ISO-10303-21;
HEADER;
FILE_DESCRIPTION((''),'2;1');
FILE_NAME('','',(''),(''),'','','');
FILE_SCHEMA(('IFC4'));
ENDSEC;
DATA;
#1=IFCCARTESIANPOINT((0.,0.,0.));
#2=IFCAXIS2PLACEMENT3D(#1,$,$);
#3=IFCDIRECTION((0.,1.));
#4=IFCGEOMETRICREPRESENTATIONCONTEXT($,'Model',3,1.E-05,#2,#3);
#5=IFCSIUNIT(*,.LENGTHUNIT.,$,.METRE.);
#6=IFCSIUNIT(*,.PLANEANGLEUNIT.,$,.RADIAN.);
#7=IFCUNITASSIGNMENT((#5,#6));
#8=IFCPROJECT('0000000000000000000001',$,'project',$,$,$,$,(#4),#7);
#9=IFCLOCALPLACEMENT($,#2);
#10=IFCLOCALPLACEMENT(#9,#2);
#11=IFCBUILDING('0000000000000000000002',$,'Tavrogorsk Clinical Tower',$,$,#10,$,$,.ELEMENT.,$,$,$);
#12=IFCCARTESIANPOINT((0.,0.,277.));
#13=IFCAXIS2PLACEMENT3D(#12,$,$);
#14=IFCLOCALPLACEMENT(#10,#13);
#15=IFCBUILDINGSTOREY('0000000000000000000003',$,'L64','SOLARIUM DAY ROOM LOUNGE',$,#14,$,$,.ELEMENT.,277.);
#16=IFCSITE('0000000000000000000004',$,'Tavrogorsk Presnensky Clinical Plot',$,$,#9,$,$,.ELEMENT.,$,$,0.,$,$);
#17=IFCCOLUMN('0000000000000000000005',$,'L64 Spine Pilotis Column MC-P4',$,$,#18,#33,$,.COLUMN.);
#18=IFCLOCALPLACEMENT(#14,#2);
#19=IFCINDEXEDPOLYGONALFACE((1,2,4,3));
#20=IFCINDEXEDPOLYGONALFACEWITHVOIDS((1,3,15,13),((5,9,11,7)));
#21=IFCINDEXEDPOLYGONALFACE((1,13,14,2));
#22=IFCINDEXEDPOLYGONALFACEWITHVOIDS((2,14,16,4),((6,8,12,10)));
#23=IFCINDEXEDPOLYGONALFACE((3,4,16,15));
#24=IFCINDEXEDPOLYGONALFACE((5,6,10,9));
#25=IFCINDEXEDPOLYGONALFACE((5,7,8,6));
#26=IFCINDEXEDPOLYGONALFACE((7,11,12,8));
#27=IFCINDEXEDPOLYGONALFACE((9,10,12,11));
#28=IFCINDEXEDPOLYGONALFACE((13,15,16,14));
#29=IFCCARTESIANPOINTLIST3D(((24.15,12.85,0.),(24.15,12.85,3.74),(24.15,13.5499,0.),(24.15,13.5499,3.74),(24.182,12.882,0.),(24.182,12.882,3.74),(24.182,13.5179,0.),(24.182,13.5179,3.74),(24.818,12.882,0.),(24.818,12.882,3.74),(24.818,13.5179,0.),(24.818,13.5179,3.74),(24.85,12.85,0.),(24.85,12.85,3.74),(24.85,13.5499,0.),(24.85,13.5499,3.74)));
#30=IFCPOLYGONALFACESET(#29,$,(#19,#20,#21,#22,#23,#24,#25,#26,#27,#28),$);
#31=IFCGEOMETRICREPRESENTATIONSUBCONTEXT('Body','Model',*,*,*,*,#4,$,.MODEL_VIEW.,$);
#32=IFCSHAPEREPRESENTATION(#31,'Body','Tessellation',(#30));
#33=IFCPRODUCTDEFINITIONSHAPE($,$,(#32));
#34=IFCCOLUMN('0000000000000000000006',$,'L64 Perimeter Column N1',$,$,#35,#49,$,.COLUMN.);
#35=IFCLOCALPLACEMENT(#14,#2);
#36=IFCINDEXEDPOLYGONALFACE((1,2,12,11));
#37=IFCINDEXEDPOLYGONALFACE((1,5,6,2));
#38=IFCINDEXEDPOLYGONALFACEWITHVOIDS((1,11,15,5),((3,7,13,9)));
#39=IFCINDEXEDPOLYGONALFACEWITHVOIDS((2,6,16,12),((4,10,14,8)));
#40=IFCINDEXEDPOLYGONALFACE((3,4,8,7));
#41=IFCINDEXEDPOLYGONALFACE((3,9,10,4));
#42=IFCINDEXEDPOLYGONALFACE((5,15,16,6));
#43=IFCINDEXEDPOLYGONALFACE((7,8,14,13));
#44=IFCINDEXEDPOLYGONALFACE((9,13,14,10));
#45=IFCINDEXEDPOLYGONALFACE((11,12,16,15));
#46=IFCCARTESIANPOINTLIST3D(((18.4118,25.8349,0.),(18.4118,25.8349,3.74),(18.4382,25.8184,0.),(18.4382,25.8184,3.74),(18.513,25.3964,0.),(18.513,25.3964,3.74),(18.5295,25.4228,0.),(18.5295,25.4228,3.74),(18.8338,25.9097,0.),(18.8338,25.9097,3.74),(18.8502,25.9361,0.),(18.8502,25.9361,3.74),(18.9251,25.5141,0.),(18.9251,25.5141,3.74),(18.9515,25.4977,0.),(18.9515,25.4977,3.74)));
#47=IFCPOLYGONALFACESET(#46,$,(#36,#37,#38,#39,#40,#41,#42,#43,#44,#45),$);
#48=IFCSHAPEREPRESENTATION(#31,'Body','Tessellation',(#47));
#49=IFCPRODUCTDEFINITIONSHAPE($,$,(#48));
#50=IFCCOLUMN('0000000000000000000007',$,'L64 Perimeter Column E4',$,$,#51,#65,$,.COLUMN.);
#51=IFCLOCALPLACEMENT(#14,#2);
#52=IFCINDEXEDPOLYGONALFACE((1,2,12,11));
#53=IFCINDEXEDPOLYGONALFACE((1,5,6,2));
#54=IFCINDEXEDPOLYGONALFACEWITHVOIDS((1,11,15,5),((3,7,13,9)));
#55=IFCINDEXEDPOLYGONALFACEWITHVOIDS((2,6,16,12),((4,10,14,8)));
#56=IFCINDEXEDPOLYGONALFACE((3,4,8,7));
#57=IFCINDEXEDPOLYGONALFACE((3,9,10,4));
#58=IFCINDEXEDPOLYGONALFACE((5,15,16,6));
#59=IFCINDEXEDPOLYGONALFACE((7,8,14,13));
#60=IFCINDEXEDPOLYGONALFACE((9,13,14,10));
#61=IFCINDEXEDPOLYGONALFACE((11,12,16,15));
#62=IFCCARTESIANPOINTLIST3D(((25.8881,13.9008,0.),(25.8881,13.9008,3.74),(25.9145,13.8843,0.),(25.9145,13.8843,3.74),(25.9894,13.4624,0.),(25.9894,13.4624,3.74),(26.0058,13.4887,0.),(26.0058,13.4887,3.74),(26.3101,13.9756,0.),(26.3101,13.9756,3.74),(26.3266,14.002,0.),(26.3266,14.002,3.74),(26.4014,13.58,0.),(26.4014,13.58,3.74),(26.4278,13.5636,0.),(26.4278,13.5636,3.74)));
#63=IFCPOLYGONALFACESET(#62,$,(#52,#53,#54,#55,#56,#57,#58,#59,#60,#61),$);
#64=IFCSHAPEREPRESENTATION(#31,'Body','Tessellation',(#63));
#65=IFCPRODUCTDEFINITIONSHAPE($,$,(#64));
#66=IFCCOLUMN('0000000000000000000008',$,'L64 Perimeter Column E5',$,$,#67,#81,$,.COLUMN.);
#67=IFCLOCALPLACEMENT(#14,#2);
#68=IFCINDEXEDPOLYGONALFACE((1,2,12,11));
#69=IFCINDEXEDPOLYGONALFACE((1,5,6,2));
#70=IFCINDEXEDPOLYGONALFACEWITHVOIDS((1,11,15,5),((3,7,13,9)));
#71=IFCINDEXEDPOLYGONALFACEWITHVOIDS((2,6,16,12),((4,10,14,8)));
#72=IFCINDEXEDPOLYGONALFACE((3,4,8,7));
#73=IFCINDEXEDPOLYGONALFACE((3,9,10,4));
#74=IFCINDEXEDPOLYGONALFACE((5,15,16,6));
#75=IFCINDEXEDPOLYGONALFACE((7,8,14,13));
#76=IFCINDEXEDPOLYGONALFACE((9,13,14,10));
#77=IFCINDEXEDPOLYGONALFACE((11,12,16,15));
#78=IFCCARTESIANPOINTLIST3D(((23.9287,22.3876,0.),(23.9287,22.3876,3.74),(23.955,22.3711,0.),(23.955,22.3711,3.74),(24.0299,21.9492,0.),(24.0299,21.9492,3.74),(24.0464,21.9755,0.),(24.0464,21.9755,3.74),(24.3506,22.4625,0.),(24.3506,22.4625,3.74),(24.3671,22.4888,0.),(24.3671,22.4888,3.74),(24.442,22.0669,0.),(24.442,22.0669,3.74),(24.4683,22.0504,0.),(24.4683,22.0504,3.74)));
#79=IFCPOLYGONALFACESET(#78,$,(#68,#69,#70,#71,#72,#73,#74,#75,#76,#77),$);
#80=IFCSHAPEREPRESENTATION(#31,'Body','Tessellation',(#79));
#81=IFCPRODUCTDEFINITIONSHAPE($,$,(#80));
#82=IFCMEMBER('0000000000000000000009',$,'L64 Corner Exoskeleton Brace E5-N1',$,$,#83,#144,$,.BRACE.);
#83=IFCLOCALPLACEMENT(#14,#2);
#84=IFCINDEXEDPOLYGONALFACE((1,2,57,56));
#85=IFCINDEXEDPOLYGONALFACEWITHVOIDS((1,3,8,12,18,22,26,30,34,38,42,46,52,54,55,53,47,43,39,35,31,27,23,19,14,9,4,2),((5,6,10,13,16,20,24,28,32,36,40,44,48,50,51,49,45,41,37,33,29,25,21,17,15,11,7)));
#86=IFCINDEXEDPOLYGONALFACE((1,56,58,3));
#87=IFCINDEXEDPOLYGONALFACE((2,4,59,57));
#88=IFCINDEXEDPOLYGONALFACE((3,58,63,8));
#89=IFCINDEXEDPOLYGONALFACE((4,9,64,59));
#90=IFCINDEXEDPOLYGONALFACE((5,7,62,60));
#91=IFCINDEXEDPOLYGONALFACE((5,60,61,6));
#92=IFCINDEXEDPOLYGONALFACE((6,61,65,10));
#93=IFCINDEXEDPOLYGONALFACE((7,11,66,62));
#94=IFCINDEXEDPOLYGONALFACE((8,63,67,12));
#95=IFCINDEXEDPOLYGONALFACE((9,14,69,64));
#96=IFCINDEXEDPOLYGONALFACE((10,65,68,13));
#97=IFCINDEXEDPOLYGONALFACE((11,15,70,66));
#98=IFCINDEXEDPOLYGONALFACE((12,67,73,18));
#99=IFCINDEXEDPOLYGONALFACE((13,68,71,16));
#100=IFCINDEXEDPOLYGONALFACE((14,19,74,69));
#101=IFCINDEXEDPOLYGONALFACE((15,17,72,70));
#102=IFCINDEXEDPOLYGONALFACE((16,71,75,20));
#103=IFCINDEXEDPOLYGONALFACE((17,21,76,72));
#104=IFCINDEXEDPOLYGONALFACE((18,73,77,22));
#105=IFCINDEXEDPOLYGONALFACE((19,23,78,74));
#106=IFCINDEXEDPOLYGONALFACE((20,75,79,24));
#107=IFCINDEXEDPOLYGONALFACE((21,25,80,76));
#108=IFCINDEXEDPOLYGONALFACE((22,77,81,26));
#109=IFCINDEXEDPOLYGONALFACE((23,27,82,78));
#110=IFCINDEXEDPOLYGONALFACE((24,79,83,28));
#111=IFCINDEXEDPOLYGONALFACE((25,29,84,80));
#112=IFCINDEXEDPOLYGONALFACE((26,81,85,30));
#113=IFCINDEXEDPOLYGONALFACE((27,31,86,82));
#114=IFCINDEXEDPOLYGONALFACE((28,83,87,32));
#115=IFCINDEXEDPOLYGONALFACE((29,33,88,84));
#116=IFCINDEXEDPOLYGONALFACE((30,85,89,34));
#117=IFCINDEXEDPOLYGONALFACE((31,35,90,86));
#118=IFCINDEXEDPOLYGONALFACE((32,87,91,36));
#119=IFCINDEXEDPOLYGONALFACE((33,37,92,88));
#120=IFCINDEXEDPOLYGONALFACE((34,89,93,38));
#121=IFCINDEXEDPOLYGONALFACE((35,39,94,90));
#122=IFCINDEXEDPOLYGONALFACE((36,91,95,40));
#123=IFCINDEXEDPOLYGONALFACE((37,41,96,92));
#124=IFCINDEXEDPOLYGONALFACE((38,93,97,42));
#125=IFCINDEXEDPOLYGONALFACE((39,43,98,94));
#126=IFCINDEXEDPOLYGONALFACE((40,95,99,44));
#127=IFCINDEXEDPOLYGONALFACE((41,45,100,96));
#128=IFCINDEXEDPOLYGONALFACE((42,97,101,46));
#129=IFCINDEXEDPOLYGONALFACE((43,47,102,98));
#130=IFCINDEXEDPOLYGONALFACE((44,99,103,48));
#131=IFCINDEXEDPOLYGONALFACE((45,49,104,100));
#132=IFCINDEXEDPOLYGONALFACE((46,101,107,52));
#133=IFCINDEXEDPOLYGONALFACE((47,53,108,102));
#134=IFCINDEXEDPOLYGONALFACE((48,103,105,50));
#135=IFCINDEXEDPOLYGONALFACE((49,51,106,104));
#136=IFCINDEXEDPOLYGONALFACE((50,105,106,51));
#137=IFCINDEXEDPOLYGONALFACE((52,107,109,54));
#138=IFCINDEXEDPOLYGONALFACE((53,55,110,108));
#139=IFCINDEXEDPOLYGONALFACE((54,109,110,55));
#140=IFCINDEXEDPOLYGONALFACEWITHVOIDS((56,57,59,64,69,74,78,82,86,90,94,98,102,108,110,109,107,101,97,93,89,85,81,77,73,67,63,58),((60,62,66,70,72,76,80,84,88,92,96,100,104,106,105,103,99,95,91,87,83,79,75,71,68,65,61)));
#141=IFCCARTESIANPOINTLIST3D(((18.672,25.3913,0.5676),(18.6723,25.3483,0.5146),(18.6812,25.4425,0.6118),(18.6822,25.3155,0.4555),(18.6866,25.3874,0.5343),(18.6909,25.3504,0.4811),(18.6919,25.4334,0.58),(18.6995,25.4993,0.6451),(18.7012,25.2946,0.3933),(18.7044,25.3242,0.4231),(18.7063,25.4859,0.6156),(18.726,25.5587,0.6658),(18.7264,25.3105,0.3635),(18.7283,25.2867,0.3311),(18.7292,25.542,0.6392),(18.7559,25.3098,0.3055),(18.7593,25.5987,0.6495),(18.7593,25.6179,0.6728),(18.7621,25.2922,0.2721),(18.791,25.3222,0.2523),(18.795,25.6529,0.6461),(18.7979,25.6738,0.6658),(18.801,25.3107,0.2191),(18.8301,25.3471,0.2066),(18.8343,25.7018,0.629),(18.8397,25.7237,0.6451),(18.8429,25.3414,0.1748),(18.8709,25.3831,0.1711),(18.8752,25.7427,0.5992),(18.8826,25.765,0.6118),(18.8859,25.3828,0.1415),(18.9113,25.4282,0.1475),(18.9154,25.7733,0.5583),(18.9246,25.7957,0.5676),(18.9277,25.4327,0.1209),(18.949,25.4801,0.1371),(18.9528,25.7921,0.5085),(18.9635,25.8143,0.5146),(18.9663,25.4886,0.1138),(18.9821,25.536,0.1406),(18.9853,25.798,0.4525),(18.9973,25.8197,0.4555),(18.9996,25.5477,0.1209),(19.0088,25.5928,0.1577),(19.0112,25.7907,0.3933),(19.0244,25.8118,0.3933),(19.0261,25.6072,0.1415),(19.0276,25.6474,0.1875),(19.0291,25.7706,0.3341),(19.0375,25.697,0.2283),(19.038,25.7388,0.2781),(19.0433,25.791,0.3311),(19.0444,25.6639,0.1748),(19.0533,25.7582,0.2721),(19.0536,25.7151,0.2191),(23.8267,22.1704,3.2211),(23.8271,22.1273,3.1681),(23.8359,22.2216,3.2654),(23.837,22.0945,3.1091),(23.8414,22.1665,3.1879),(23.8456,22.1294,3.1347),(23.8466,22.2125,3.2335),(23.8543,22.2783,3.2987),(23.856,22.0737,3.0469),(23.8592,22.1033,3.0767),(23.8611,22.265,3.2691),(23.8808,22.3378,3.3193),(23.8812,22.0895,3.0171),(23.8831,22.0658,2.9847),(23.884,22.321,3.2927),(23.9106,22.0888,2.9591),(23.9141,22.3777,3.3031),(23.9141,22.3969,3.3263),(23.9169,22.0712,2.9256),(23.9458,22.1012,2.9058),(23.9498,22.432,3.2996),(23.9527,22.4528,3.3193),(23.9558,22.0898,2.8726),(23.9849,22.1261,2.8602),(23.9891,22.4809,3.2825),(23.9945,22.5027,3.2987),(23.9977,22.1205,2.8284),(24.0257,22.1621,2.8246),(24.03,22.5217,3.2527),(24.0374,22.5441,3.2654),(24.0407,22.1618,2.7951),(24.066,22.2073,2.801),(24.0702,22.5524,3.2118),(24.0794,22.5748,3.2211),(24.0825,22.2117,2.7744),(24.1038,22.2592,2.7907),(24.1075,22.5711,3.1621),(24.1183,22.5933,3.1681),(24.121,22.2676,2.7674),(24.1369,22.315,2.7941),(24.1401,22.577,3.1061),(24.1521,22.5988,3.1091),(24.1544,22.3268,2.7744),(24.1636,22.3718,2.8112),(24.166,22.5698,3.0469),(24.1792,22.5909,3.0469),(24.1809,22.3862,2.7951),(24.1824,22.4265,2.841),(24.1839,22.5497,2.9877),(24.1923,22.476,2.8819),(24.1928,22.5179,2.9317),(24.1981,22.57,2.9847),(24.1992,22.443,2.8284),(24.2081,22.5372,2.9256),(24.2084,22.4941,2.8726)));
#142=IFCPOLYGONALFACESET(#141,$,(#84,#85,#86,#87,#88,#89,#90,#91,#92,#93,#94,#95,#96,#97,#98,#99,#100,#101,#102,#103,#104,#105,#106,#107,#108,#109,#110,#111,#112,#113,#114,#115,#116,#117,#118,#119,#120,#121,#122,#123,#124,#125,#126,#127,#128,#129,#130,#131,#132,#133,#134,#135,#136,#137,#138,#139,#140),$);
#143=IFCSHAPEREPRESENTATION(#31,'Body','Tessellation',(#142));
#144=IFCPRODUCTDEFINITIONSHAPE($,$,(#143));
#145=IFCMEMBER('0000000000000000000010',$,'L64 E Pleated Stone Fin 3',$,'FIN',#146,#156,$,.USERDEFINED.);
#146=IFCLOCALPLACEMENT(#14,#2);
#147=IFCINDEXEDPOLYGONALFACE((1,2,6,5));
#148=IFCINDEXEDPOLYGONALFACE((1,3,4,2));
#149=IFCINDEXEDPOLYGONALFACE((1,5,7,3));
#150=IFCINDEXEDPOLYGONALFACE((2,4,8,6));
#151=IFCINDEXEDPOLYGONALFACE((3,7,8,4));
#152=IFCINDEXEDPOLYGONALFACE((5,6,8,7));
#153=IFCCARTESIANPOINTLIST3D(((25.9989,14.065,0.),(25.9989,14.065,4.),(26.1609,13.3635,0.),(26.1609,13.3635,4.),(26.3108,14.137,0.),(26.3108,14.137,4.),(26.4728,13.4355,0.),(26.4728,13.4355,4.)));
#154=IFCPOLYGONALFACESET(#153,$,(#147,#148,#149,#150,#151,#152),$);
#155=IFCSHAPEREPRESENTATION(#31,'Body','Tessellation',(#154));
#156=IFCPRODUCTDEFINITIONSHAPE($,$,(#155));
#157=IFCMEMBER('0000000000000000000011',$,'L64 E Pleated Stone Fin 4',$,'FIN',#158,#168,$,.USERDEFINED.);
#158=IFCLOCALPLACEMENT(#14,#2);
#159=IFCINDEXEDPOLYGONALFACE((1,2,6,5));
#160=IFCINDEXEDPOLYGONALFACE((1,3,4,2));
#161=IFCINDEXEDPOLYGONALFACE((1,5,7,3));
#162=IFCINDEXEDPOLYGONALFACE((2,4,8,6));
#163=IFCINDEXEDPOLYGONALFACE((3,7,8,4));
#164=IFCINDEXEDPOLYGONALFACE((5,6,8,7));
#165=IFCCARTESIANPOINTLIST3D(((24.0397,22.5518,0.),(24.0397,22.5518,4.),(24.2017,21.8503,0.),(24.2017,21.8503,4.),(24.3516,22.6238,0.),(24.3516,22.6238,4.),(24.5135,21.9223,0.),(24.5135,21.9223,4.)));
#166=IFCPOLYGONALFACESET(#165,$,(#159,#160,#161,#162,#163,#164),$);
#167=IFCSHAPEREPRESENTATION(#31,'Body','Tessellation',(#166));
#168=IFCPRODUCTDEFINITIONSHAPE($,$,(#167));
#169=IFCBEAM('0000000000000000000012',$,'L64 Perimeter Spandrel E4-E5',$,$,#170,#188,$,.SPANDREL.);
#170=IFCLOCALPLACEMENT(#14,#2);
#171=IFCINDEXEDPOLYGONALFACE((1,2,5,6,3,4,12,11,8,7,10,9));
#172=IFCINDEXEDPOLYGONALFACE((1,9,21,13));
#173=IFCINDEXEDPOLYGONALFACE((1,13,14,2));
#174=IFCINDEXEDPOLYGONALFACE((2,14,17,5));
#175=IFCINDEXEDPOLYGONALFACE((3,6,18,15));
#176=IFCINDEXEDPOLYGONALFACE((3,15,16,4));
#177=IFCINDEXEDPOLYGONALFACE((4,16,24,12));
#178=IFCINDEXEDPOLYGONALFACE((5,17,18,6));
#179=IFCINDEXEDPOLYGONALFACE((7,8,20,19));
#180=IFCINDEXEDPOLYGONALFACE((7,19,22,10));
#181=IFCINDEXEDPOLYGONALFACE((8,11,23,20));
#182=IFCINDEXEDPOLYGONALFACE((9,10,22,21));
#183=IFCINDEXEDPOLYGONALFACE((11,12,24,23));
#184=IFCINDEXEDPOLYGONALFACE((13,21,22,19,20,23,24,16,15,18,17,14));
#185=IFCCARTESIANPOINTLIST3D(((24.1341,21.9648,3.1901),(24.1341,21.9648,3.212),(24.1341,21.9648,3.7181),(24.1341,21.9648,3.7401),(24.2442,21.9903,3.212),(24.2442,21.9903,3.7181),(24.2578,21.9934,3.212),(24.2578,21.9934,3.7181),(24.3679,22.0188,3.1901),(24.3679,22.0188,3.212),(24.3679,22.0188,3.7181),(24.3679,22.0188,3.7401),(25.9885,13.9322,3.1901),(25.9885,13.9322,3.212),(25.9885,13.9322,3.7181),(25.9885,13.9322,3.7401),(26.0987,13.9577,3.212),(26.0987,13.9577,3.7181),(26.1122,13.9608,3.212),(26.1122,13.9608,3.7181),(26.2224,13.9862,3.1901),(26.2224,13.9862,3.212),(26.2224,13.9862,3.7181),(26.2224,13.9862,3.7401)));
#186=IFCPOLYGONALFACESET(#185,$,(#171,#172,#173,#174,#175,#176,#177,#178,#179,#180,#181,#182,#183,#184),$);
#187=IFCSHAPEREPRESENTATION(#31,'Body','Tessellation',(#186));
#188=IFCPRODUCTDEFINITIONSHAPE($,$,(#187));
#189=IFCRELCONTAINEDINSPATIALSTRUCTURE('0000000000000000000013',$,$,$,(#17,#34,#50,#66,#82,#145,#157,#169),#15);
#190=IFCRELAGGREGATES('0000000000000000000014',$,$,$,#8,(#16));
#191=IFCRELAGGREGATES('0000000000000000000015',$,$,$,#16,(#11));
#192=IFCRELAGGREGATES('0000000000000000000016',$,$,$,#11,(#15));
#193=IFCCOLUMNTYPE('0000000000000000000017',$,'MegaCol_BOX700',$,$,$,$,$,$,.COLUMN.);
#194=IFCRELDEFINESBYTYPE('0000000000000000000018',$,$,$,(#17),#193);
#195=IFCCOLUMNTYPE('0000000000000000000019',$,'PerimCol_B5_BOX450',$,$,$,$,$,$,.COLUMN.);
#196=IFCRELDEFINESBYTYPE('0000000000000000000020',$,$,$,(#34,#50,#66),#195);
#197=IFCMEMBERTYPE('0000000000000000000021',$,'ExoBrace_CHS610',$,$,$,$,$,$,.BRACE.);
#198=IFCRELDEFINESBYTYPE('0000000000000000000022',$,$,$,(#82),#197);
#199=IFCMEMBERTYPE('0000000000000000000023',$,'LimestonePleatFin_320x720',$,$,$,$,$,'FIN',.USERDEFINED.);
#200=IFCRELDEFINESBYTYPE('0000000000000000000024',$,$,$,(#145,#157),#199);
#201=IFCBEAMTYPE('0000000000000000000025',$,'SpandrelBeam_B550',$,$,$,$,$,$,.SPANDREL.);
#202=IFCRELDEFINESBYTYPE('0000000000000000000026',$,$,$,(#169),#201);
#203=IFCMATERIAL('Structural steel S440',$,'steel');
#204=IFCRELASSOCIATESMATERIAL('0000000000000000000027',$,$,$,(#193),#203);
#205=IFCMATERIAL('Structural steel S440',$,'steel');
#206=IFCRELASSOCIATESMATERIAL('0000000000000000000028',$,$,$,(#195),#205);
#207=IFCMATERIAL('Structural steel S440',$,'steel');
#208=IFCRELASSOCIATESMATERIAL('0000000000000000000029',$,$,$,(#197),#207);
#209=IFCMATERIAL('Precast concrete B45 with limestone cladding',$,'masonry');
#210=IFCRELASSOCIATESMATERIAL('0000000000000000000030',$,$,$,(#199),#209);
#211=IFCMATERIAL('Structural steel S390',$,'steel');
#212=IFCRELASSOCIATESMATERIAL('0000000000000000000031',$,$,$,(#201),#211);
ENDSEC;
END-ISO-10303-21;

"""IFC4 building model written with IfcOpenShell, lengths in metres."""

from ifc_helpers import new_model, si_unit, direction, frame, origin, origin_2d, place, context, subcontext, project, spatial, rectangle, hollow_rectangle, hollow_circle, i_section, extrude, material, material_profile, profile_set, type_object, element, save


model = new_model("IFC4")

# Units and contexts
model_context = context("Model", 3, precision=1e-05, world=origin(), true_north=direction((0.0, 1.0)))
body_context = subcontext(model_context, "Body", "Model", "MODEL_VIEW")
ifc_project = project(units=[si_unit("LENGTHUNIT", "METRE"), si_unit("PLANEANGLEUNIT", "RADIAN")], contexts=[model_context])

# Site, building, storey
site_placement = place(None, origin())
site = spatial("IfcSite", under=ifc_project, at=site_placement, Name="Tavrogorsk Presnensky Clinical Plot", CompositionType="ELEMENT", RefElevation=0.0)
building_placement = place(site_placement, origin())
building = spatial("IfcBuilding", under=site, at=building_placement, Name="Tavrogorsk Clinical Tower", CompositionType="ELEMENT")
storey_placement = place(building_placement, frame((0.0, 0.0, 277.0)))
storey = spatial("IfcBuildingStorey", under=building, at=storey_placement, Name="L64", Description="SOLARIUM DAY ROOM LOUNGE", CompositionType="ELEMENT", Elevation=277.0)

# Columns
ifc_material_1 = material(Name="Structural steel S440", Category="steel")
ifc_material_profile_1 = material_profile(ifc_material_1, hollow_rectangle(XDim=0.7, YDim=0.7, WallThickness=0.032, at=origin_2d()), Name="BOX-700x700x32")
ifc_profile_set_1 = profile_set([ifc_material_profile_1], Name="Structural steel S440")
column_type_1 = type_object("IfcColumnType", Name="MegaCol_BOX700", PredefinedType="COLUMN", material=ifc_profile_set_1)
column_placement = place(storey_placement, frame((24.5, 13.2, 0.0), z_axis=(0.0, 0.0, 1.0), x_axis=(1.0, 0.0, 0.0)))
element("IfcColumn", 1, at=column_placement, inside=storey, type_object=column_type_1, Name="L64 Spine Pilotis Column MC-P4", PredefinedType="COLUMN", context=body_context, shape_type="SweptSolid", body=[
    extrude(hollow_rectangle(XDim=0.7, YDim=0.7, WallThickness=0.032, at=origin_2d()), origin(), (0.0, 0.0, 1.0), 3.74),
])
ifc_material_2 = material(Name="Structural steel S440", Category="steel")
ifc_material_profile_2 = material_profile(ifc_material_2, hollow_rectangle(XDim=0.45, YDim=0.45, WallThickness=0.022, at=origin_2d()), Name="BOX-450x450x22")
ifc_profile_set_2 = profile_set([ifc_material_profile_2], Name="Structural steel S440")
column_type_2 = type_object("IfcColumnType", Name="PerimCol_B5_BOX450", PredefinedType="COLUMN", material=ifc_profile_set_2)
for number, where, z_axis, x_axis, name in (
    (2, (18.6816, 25.6663, 0.0), (0.0, 0.0, 1.0), (0.97437, 0.224951, 0.0), "L64 Perimeter Column N1"),
    (3, (26.158, 13.7322, 0.0), (0.0, 0.0, 1.0), (0.97437, 0.224951, 0.0), "L64 Perimeter Column E4"),
    (4, (24.1985, 22.219, 0.0), (0.0, 0.0, 1.0), (0.97437, 0.224951, 0.0), "L64 Perimeter Column E5"),
):
    element("IfcColumn", number, at=place(storey_placement, frame(where, z_axis=z_axis, x_axis=x_axis)), inside=storey, type_object=column_type_2, Name=name, PredefinedType="COLUMN", context=body_context, shape_type="SweptSolid", body=[
        extrude(hollow_rectangle(XDim=0.45, YDim=0.45, WallThickness=0.022, at=origin_2d()), origin(), (0.0, 0.0, 1.0), 3.74),
    ])

# Members
ifc_material_3 = material(Name="Structural steel S440", Category="steel")
ifc_material_profile_3 = material_profile(ifc_material_3, hollow_circle(Radius=0.3049, WallThickness=0.0249, at=origin_2d()), Name="CHS-610x25")
ifc_profile_set_3 = profile_set([ifc_material_profile_3], Name="Structural steel S440")
member_type_1 = type_object("IfcMemberType", Name="ExoBrace_CHS610", PredefinedType="BRACE", material=ifc_profile_set_3)
member_placement = place(storey_placement, frame((18.8628, 25.5532, 0.3933), z_axis=(0.777222, -0.485644, 0.400096), x_axis=(0.529905, 0.848057, 0.0)))
element("IfcMember", 5, at=member_placement, inside=storey, type_object=member_type_1, Name="L64 Corner Exoskeleton Brace E5-N1", PredefinedType="BRACE", context=body_context, shape_type="SweptSolid", body=[
    extrude(hollow_circle(Radius=0.3049, WallThickness=0.0249, at=origin_2d()), origin(), (0.0, 0.0, 1.0), 6.6323),
])
ifc_material_4 = material(Name="Precast concrete B45 with limestone cladding", Category="masonry")
ifc_material_profile_4 = material_profile(ifc_material_4, rectangle(XDim=0.3201, YDim=0.72, at=origin_2d()), Name="LIMESTONE-FIN-320x720")
ifc_profile_set_4 = profile_set([ifc_material_profile_4], Name="Precast concrete B45 with limestone cladding")
member_type_2 = type_object("IfcMemberType", Name="LimestonePleatFin_320x720", ElementType="FIN", PredefinedType="USERDEFINED", material=ifc_profile_set_4)
for number, where, z_axis, x_axis, name in (
    (6, (26.2358, 13.7502, 0.0), (0.0, 0.0, 1.0), (0.97437, 0.224951, 0.0), "L64 E Pleated Stone Fin 3"),
    (7, (24.2766, 22.2371, 0.0), (0.0, 0.0, 1.0), (0.97437, 0.224951, 0.0), "L64 E Pleated Stone Fin 4"),
):
    element("IfcMember", number, at=place(storey_placement, frame(where, z_axis=z_axis, x_axis=x_axis)), inside=storey, type_object=member_type_2, Name=name, ObjectType="FIN", PredefinedType="USERDEFINED", context=body_context, shape_type="SweptSolid", body=[
        extrude(rectangle(XDim=0.3201, YDim=0.72, at=origin_2d()), origin(), (0.0, 0.0, 1.0), 4.0),
    ])

# Beam
ifc_material_5 = material(Name="Structural steel S390", Category="steel")
ifc_material_profile_5 = material_profile(ifc_material_5, i_section(OverallWidth=0.24, OverallDepth=0.55, WebThickness=0.0139, FlangeThickness=0.022, at=origin_2d()), Name="B-550x240x14x22")
ifc_profile_set_5 = profile_set([ifc_material_profile_5], Name="Structural steel S390")
beam_type_1 = type_object("IfcBeamType", Name="SpandrelBeam_B550", PredefinedType="SPANDREL", material=ifc_profile_set_5)
beam_1_placement = place(storey_placement, frame((26.1055, 13.9592, 3.4651), z_axis=(-0.22495, 0.97437, 0.0), x_axis=(-0.97437, -0.22495, 0.0)))
element("IfcBeam", 8, at=beam_1_placement, inside=storey, type_object=beam_type_1, Name="L64 Perimeter Spandrel E4-E5", PredefinedType="SPANDREL", context=body_context, shape_type="SweptSolid", body=[
    extrude(i_section(OverallWidth=0.24, OverallDepth=0.55, WebThickness=0.0139, FlangeThickness=0.022, at=origin_2d()), origin(), (0.0, 0.0, 1.0), 8.2439),
])

save(model, "model.ifc")
